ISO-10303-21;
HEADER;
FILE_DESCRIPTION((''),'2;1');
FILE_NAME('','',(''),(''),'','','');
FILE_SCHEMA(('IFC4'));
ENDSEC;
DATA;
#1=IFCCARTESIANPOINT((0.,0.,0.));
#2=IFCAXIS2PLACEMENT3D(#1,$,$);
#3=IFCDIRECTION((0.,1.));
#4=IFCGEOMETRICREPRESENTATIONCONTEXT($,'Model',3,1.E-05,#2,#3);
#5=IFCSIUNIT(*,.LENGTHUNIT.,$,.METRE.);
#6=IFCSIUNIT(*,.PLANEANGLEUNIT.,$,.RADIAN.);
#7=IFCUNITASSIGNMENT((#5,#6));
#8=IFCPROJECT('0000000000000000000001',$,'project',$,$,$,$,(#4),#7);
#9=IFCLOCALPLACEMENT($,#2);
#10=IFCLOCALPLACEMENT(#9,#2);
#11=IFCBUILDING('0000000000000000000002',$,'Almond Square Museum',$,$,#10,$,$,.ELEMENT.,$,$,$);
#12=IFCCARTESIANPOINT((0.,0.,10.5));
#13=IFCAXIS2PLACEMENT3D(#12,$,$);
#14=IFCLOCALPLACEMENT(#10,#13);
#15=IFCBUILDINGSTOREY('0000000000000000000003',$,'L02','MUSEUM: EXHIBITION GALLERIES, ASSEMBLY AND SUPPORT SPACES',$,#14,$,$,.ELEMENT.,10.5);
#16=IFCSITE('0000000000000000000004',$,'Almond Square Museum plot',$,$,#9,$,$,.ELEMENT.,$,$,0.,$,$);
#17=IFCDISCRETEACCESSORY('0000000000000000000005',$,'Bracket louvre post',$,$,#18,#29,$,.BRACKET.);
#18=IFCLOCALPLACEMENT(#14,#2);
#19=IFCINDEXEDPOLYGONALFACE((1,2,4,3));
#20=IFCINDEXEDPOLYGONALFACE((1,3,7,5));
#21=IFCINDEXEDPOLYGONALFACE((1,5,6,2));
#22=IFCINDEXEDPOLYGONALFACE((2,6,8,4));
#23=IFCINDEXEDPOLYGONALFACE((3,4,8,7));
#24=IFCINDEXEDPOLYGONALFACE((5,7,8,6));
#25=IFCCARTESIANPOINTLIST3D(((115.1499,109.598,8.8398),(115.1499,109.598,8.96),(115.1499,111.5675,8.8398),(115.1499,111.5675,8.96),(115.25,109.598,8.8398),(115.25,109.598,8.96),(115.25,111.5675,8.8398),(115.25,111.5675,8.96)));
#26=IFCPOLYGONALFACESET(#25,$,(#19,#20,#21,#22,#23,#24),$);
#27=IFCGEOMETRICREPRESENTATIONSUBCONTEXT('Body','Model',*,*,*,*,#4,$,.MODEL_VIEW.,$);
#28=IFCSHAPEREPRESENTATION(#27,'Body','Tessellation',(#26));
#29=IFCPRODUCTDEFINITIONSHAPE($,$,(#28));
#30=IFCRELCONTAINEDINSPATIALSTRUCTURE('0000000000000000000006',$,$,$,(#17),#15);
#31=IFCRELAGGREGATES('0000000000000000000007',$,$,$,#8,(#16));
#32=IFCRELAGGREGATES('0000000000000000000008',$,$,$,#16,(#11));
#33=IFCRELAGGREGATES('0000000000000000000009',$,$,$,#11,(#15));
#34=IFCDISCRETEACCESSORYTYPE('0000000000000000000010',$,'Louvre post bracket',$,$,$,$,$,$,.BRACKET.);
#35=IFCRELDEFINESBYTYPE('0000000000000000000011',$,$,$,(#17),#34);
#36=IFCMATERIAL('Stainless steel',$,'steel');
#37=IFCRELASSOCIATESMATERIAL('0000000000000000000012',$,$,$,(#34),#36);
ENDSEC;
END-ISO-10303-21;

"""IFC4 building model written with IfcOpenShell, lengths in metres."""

from ifc_helpers import new_model, si_unit, direction, frame, origin, origin_2d, place, context, subcontext, project, spatial, rectangle, extrude, material, type_object, element, save


model = new_model("IFC4")

# Units and contexts
model_context = context("Model", 3, precision=1e-05, world=origin(), true_north=direction((0.0, 1.0)))
body_context = subcontext(model_context, "Body", "Model", "MODEL_VIEW")
ifc_project = project(units=[si_unit("LENGTHUNIT", "METRE"), si_unit("PLANEANGLEUNIT", "RADIAN")], contexts=[model_context])

# Site, building, storey
site_placement = place(None, origin())
site = spatial("IfcSite", under=ifc_project, at=site_placement, Name="Almond Square Museum plot", CompositionType="ELEMENT", RefElevation=0.0)
building_placement = place(site_placement, origin())
building = spatial("IfcBuilding", under=site, at=building_placement, Name="Almond Square Museum", CompositionType="ELEMENT")
storey_placement = place(building_placement, frame((0.0, 0.0, 10.5)))
storey = spatial("IfcBuildingStorey", under=building, at=storey_placement, Name="L02", Description="MUSEUM: EXHIBITION GALLERIES, ASSEMBLY AND SUPPORT SPACES", CompositionType="ELEMENT", Elevation=10.5)

# Discrete accessory
ifc_material_1 = material(Name="Stainless steel", Category="steel")
discrete_accessory_type = type_object("IfcDiscreteAccessoryType", Name="Louvre post bracket", PredefinedType="BRACKET", material=ifc_material_1)
discrete_accessory_1_placement = place(storey_placement, frame((115.2, 110.5828, 8.8398), z_axis=(0.0, 0.0, 1.0), x_axis=(1.0, 0.0, 0.0)))
element("IfcDiscreteAccessory", 1, at=discrete_accessory_1_placement, inside=storey, type_object=discrete_accessory_type, Name="Bracket louvre post", PredefinedType="BRACKET", context=body_context, shape_type="SweptSolid", body=[
    extrude(rectangle(XDim=0.1001, YDim=1.9695, at=origin_2d()), origin(), (0.0, 0.0, 1.0), 0.1201),
])

save(model, "model.ifc")
